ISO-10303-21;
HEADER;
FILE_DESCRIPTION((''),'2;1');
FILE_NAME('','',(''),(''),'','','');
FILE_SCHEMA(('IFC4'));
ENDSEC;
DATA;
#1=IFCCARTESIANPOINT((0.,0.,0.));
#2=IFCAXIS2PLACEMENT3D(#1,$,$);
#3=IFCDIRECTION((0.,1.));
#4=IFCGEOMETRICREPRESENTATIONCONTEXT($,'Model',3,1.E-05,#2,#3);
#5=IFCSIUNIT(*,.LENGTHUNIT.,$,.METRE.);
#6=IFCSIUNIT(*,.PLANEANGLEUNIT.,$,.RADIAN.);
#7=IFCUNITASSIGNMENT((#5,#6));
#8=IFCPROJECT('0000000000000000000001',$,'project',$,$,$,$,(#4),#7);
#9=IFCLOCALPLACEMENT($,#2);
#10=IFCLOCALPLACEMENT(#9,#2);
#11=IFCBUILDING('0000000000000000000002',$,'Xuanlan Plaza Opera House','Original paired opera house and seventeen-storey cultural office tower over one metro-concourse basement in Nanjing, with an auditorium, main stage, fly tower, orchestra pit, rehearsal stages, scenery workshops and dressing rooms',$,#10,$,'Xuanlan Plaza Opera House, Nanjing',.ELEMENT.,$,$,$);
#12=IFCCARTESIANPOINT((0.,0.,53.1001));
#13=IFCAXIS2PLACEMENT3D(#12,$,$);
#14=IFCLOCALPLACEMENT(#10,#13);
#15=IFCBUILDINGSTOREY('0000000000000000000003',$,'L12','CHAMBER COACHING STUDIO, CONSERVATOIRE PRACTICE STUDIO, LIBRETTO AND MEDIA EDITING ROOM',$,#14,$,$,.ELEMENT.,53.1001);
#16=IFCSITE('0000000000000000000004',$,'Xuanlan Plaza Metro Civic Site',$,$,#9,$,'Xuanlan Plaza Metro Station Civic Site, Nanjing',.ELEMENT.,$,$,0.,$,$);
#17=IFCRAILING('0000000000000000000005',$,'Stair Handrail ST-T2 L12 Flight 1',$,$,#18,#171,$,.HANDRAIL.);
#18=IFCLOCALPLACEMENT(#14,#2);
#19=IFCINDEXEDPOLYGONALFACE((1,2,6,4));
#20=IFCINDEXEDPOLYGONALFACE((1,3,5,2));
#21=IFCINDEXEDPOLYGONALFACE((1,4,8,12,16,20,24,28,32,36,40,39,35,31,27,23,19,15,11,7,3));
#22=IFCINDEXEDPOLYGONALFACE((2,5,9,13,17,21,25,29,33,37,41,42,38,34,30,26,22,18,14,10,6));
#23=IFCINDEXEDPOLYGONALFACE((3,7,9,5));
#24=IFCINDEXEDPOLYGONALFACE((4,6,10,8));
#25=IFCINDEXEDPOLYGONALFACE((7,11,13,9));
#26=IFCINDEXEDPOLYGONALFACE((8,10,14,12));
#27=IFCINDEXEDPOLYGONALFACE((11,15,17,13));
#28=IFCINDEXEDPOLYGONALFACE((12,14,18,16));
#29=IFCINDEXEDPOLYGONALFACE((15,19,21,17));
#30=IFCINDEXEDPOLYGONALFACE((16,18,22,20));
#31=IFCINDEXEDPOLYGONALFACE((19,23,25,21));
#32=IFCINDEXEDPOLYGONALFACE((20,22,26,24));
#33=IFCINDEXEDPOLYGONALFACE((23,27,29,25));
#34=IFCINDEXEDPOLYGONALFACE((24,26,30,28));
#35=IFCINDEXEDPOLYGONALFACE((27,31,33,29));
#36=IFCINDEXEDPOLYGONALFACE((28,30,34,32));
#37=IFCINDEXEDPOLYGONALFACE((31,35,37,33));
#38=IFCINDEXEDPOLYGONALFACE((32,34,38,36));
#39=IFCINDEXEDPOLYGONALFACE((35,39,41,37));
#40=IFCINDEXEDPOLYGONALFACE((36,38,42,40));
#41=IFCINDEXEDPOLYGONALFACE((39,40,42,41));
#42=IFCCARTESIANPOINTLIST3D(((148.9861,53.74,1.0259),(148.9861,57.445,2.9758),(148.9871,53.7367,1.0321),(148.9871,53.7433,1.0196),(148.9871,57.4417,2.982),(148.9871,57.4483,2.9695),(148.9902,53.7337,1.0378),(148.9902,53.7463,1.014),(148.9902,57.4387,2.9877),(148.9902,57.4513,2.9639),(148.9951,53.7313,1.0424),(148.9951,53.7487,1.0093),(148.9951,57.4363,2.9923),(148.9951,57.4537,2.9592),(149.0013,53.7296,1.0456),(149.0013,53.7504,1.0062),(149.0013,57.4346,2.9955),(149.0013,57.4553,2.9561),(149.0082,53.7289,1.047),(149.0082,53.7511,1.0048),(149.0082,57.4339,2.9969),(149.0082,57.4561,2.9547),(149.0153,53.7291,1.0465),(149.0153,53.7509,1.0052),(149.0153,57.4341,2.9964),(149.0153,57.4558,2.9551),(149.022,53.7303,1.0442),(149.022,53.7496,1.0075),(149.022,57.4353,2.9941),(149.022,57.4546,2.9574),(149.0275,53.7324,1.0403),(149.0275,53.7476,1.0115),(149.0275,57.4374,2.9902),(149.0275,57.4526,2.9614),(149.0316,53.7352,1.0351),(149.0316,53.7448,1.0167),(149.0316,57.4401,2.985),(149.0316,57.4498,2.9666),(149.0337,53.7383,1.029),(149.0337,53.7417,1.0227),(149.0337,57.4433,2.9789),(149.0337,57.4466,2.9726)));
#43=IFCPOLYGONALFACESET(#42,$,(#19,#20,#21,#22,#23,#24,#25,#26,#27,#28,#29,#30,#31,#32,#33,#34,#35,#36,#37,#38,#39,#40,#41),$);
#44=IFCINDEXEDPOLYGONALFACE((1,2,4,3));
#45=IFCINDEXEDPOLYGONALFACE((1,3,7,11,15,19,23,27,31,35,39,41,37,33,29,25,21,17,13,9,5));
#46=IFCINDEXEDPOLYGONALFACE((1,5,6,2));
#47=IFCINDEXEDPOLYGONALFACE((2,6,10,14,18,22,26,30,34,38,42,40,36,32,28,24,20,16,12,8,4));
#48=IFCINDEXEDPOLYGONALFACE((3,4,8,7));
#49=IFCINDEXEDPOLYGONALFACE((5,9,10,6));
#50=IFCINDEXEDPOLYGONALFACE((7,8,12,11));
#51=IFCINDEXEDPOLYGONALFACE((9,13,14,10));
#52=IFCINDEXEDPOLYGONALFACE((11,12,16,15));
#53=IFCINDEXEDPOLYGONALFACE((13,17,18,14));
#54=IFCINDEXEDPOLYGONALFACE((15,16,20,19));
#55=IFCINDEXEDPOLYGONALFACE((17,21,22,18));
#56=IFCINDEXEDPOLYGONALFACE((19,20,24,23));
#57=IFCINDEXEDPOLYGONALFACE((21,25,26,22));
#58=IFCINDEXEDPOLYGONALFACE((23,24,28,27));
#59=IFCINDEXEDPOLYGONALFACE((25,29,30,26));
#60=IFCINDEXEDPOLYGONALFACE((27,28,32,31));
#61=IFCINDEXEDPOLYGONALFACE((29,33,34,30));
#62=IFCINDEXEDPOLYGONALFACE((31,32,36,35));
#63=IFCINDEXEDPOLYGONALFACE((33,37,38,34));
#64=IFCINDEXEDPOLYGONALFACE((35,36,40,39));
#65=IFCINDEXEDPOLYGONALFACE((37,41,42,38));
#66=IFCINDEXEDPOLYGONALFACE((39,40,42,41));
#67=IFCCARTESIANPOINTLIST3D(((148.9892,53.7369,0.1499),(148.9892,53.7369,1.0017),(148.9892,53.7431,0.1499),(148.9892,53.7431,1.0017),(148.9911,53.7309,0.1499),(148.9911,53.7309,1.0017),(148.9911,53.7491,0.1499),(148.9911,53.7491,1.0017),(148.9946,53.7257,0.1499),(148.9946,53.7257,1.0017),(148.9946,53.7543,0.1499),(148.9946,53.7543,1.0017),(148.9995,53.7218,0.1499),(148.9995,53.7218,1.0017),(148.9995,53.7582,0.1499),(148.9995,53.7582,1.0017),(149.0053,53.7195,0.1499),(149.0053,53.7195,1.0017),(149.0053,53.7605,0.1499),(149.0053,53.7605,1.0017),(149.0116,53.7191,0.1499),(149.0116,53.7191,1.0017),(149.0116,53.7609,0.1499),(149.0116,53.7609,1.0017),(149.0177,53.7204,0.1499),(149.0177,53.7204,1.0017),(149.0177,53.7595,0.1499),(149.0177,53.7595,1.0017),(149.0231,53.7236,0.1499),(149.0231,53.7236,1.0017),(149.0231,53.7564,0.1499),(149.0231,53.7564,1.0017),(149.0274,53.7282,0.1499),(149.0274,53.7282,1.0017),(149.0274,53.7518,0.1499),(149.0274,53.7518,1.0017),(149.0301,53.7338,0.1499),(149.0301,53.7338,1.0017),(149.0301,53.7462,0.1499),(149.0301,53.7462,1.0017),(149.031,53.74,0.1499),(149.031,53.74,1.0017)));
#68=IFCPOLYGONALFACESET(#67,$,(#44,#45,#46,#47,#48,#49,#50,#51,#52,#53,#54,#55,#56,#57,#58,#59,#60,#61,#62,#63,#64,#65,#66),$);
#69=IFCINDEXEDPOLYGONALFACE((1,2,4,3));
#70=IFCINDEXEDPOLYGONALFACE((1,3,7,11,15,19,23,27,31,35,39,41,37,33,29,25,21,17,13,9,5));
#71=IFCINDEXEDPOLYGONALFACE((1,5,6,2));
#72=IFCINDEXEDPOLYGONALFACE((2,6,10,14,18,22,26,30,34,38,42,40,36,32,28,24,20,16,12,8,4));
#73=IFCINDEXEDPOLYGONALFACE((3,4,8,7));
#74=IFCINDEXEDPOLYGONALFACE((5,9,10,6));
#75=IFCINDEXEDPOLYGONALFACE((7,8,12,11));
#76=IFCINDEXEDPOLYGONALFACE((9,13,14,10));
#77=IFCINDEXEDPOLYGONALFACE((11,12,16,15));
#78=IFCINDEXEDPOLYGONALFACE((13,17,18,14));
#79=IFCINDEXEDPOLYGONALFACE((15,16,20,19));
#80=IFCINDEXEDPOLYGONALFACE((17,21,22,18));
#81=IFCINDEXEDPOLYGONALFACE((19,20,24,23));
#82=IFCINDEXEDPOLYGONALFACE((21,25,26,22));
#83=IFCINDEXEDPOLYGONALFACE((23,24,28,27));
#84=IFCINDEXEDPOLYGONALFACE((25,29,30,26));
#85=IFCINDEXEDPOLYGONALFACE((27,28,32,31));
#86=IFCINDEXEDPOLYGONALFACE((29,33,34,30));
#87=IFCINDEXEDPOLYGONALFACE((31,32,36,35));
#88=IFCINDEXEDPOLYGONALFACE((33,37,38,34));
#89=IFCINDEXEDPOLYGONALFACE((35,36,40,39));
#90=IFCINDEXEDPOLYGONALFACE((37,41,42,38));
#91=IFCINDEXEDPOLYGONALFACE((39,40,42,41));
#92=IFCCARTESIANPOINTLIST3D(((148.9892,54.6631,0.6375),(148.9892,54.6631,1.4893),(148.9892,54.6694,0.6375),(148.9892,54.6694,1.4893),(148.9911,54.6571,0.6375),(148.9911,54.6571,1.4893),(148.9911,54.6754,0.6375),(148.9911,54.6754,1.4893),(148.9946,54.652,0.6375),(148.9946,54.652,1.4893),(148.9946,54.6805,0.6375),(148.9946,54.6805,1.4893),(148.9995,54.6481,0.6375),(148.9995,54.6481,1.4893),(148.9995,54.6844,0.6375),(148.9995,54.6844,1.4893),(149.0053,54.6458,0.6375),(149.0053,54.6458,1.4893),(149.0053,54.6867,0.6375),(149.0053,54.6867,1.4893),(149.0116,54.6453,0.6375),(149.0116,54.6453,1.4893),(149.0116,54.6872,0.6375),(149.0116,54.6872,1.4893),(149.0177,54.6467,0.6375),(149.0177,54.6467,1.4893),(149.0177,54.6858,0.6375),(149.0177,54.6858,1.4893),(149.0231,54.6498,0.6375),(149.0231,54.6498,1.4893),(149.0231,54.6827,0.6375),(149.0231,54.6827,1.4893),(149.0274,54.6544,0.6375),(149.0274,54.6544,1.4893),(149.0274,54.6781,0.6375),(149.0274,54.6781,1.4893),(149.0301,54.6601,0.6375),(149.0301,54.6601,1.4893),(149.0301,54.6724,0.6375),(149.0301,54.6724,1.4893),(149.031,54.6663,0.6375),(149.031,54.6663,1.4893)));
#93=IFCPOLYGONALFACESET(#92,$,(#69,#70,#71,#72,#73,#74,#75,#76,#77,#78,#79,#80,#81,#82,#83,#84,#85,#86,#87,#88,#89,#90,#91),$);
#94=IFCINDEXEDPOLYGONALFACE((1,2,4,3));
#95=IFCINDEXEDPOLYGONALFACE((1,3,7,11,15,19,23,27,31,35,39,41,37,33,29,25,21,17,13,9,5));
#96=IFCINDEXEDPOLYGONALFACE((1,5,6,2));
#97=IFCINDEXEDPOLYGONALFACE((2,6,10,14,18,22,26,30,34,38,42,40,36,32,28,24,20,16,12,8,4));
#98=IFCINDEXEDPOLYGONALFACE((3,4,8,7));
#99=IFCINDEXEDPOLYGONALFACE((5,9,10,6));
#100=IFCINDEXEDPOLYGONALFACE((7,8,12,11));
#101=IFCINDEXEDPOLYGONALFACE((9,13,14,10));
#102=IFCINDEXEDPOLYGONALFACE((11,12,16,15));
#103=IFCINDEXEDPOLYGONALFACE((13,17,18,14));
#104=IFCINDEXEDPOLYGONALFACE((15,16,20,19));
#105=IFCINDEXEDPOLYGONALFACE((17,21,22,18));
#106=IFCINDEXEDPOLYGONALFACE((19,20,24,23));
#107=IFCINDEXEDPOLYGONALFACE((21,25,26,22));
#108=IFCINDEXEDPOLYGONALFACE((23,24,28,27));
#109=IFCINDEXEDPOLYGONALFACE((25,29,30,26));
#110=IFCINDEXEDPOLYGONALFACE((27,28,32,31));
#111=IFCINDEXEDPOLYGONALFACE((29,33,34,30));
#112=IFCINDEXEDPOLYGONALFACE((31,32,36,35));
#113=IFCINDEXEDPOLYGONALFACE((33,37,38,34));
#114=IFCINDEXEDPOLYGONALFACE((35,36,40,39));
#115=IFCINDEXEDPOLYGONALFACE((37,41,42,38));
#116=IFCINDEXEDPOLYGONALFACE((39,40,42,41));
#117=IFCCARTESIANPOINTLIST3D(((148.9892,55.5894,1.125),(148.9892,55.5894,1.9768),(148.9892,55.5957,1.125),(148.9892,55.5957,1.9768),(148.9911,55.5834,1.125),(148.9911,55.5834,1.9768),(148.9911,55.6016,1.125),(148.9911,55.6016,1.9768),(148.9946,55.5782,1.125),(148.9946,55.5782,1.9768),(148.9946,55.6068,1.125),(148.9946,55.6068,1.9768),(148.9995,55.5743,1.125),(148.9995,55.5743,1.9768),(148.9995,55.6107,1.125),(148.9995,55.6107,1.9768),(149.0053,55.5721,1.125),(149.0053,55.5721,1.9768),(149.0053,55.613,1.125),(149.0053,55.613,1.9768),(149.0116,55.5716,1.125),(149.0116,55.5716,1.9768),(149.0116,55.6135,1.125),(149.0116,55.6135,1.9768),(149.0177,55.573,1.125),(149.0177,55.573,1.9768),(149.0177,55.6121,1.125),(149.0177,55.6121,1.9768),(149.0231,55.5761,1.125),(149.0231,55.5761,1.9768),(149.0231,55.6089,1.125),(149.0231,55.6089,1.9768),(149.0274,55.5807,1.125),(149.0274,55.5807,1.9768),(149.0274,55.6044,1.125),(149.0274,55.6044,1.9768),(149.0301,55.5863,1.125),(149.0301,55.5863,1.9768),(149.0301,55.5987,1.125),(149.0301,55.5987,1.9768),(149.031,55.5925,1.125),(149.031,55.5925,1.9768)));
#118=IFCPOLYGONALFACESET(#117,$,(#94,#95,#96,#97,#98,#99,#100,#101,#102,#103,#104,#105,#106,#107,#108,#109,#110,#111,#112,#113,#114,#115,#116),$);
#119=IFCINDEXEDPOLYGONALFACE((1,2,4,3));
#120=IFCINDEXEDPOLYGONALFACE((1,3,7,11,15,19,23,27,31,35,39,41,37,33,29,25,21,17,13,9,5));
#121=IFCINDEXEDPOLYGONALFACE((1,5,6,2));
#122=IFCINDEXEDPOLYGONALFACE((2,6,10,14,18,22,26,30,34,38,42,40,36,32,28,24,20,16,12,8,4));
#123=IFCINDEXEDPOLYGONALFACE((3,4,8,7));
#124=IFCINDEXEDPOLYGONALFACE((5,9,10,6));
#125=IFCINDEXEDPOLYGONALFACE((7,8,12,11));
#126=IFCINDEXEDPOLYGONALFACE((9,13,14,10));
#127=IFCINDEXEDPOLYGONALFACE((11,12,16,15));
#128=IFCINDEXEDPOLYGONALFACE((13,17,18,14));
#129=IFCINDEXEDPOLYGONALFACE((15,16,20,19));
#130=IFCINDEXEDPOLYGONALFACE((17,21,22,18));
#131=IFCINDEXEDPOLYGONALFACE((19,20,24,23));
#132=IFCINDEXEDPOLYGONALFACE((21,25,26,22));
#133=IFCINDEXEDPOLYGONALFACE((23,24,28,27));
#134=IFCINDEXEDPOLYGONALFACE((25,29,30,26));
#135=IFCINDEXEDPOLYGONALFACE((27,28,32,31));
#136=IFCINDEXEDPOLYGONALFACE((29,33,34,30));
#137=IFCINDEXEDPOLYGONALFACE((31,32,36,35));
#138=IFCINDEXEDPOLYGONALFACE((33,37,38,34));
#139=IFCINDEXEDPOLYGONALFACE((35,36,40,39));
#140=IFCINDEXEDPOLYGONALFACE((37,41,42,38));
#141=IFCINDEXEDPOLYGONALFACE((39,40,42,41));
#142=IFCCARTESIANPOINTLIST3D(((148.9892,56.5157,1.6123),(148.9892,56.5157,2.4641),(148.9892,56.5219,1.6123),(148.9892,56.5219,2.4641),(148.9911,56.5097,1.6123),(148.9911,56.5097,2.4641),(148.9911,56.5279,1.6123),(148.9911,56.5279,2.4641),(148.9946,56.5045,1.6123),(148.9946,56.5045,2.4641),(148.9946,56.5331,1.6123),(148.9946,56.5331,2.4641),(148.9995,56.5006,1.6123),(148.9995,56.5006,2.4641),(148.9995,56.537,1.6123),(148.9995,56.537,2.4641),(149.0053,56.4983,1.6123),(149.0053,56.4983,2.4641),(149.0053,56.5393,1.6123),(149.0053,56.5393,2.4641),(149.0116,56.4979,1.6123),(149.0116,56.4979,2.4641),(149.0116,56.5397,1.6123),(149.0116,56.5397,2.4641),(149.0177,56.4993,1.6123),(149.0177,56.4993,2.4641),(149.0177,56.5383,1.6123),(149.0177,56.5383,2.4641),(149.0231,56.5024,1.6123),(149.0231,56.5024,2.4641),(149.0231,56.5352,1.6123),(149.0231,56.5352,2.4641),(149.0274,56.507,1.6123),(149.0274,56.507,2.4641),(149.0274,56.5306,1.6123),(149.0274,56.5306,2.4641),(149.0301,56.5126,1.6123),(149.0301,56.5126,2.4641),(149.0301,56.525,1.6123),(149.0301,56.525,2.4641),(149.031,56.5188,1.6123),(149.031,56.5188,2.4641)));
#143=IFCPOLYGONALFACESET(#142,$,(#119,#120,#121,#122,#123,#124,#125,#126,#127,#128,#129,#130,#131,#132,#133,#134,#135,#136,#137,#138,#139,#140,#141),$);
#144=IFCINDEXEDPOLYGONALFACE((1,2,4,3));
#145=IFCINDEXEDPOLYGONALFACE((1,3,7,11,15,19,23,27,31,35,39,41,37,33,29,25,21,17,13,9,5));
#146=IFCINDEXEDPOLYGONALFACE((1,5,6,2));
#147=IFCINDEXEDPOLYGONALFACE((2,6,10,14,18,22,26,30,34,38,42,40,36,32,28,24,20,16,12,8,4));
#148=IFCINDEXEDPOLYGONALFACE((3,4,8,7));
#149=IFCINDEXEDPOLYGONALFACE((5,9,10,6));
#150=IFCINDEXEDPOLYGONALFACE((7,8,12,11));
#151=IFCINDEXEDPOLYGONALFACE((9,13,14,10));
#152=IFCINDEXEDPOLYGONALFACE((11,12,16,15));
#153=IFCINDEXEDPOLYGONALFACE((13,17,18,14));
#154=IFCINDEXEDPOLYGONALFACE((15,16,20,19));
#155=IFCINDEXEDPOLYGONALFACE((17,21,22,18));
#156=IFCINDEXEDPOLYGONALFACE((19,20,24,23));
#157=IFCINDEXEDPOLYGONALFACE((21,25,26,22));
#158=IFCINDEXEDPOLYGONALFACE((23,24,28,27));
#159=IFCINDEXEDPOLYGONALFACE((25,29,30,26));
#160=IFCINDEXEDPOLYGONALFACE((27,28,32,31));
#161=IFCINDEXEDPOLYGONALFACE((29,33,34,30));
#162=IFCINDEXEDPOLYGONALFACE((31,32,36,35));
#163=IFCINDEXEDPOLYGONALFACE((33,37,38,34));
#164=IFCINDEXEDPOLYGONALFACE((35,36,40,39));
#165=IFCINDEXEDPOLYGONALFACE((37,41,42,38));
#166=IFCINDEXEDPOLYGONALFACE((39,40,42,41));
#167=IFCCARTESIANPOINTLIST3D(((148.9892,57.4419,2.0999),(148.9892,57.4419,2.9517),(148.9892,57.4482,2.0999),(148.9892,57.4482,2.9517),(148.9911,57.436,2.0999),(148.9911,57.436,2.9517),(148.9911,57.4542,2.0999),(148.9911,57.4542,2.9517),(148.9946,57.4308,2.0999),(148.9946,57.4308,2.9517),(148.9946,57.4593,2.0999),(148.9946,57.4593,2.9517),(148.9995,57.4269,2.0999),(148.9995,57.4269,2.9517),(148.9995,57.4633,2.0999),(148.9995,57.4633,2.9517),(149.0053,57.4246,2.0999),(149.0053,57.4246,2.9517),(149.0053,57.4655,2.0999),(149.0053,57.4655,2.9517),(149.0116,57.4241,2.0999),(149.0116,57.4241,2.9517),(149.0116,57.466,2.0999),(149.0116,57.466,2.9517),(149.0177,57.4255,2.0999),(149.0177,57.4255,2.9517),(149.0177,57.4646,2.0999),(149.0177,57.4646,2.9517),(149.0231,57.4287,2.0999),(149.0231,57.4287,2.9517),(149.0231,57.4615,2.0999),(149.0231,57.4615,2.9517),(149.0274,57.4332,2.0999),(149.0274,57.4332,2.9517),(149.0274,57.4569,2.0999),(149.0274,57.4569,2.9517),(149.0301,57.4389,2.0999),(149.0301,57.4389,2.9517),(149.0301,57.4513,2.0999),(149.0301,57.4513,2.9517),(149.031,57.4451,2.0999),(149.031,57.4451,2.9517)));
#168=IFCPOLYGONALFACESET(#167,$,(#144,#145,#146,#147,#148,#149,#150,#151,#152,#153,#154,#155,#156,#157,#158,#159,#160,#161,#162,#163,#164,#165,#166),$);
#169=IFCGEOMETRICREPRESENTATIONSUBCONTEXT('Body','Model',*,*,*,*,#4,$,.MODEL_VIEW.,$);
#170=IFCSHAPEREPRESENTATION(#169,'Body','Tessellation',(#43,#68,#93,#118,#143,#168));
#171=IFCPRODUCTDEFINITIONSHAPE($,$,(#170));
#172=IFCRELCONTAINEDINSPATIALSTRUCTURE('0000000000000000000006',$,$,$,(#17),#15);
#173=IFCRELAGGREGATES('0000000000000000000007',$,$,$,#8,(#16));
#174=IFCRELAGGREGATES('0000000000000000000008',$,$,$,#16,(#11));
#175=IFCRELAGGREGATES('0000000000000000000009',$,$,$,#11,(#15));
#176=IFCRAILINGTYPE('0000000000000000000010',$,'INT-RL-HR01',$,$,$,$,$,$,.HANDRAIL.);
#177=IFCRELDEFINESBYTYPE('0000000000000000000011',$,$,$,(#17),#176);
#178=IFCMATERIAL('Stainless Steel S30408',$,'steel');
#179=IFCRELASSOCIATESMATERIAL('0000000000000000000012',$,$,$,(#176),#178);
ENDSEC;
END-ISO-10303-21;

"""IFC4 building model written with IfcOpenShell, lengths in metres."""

from ifc_helpers import new_model, si_unit, direction, frame, origin, origin_2d, place, context, subcontext, project, spatial, circle, extrude, material, type_object, element, save


model = new_model("IFC4")

# Units and contexts
model_context = context("Model", 3, precision=1e-05, world=origin(), true_north=direction((0.0, 1.0)))
body_context = subcontext(model_context, "Body", "Model", "MODEL_VIEW")
ifc_project = project(units=[si_unit("LENGTHUNIT", "METRE"), si_unit("PLANEANGLEUNIT", "RADIAN")], contexts=[model_context])

# Site, building, storey
site_placement = place(None, origin())
site = spatial("IfcSite", under=ifc_project, at=site_placement, Name="Xuanlan Plaza Metro Civic Site", LongName="Xuanlan Plaza Metro Station Civic Site, Nanjing", CompositionType="ELEMENT", RefElevation=0.0)
building_placement = place(site_placement, origin())
building = spatial("IfcBuilding", under=site, at=building_placement, Name="Xuanlan Plaza Opera House", Description="Original paired opera house and seventeen-storey cultural office tower over one metro-concourse basement in Nanjing, with an auditorium, main stage, fly tower, orchestra pit, rehearsal stages, scenery workshops and dressing rooms", LongName="Xuanlan Plaza Opera House, Nanjing", CompositionType="ELEMENT")
storey_placement = place(building_placement, frame((0.0, 0.0, 53.1001)))
storey = spatial("IfcBuildingStorey", under=building, at=storey_placement, Name="L12", Description="CHAMBER COACHING STUDIO, CONSERVATOIRE PRACTICE STUDIO, LIBRETTO AND MEDIA EDITING ROOM", CompositionType="ELEMENT", Elevation=53.1001)

# Shared definitions
ifc_material_1 = material(Name="Stainless Steel S30408", Category="steel")

# Railing
railing_type = type_object("IfcRailingType", Name="INT-RL-HR01", PredefinedType="HANDRAIL", material=ifc_material_1)
railing_placement = place(storey_placement, frame((149.01, 53.74, 0.1499)))
element("IfcRailing", 1, at=railing_placement, inside=storey, type_object=railing_type, Name="Stair Handrail ST-T2 L12 Flight 1", PredefinedType="HANDRAIL", context=body_context, shape_type="SweptSolid", body=[
    extrude(circle(Radius=0.0239, at=origin_2d()), frame((0.0, 0.0, 0.876), z_axis=(0.0, 0.884927, 0.46573), x_axis=(-1.0, 0.0, 0.0)), (0.0, 0.0, 1.0), 4.1868),
    extrude(circle(Radius=0.021, at=origin_2d()), origin(), (0.0, 0.0, 1.0), 0.8518),
    extrude(circle(Radius=0.021, at=origin_2d()), frame((0.0, 0.9263, 0.4875)), (0.0, 0.0, 1.0), 0.8518),
    extrude(circle(Radius=0.021, at=origin_2d()), frame((0.0, 1.8525, 0.9751)), (0.0, 0.0, 1.0), 0.8518),
    extrude(circle(Radius=0.021, at=origin_2d()), frame((0.0, 2.7788, 1.4624)), (0.0, 0.0, 1.0), 0.8518),
    extrude(circle(Radius=0.021, at=origin_2d()), frame((0.0, 3.7051, 1.95)), (0.0, 0.0, 1.0), 0.8518),
])

save(model, "model.ifc")
